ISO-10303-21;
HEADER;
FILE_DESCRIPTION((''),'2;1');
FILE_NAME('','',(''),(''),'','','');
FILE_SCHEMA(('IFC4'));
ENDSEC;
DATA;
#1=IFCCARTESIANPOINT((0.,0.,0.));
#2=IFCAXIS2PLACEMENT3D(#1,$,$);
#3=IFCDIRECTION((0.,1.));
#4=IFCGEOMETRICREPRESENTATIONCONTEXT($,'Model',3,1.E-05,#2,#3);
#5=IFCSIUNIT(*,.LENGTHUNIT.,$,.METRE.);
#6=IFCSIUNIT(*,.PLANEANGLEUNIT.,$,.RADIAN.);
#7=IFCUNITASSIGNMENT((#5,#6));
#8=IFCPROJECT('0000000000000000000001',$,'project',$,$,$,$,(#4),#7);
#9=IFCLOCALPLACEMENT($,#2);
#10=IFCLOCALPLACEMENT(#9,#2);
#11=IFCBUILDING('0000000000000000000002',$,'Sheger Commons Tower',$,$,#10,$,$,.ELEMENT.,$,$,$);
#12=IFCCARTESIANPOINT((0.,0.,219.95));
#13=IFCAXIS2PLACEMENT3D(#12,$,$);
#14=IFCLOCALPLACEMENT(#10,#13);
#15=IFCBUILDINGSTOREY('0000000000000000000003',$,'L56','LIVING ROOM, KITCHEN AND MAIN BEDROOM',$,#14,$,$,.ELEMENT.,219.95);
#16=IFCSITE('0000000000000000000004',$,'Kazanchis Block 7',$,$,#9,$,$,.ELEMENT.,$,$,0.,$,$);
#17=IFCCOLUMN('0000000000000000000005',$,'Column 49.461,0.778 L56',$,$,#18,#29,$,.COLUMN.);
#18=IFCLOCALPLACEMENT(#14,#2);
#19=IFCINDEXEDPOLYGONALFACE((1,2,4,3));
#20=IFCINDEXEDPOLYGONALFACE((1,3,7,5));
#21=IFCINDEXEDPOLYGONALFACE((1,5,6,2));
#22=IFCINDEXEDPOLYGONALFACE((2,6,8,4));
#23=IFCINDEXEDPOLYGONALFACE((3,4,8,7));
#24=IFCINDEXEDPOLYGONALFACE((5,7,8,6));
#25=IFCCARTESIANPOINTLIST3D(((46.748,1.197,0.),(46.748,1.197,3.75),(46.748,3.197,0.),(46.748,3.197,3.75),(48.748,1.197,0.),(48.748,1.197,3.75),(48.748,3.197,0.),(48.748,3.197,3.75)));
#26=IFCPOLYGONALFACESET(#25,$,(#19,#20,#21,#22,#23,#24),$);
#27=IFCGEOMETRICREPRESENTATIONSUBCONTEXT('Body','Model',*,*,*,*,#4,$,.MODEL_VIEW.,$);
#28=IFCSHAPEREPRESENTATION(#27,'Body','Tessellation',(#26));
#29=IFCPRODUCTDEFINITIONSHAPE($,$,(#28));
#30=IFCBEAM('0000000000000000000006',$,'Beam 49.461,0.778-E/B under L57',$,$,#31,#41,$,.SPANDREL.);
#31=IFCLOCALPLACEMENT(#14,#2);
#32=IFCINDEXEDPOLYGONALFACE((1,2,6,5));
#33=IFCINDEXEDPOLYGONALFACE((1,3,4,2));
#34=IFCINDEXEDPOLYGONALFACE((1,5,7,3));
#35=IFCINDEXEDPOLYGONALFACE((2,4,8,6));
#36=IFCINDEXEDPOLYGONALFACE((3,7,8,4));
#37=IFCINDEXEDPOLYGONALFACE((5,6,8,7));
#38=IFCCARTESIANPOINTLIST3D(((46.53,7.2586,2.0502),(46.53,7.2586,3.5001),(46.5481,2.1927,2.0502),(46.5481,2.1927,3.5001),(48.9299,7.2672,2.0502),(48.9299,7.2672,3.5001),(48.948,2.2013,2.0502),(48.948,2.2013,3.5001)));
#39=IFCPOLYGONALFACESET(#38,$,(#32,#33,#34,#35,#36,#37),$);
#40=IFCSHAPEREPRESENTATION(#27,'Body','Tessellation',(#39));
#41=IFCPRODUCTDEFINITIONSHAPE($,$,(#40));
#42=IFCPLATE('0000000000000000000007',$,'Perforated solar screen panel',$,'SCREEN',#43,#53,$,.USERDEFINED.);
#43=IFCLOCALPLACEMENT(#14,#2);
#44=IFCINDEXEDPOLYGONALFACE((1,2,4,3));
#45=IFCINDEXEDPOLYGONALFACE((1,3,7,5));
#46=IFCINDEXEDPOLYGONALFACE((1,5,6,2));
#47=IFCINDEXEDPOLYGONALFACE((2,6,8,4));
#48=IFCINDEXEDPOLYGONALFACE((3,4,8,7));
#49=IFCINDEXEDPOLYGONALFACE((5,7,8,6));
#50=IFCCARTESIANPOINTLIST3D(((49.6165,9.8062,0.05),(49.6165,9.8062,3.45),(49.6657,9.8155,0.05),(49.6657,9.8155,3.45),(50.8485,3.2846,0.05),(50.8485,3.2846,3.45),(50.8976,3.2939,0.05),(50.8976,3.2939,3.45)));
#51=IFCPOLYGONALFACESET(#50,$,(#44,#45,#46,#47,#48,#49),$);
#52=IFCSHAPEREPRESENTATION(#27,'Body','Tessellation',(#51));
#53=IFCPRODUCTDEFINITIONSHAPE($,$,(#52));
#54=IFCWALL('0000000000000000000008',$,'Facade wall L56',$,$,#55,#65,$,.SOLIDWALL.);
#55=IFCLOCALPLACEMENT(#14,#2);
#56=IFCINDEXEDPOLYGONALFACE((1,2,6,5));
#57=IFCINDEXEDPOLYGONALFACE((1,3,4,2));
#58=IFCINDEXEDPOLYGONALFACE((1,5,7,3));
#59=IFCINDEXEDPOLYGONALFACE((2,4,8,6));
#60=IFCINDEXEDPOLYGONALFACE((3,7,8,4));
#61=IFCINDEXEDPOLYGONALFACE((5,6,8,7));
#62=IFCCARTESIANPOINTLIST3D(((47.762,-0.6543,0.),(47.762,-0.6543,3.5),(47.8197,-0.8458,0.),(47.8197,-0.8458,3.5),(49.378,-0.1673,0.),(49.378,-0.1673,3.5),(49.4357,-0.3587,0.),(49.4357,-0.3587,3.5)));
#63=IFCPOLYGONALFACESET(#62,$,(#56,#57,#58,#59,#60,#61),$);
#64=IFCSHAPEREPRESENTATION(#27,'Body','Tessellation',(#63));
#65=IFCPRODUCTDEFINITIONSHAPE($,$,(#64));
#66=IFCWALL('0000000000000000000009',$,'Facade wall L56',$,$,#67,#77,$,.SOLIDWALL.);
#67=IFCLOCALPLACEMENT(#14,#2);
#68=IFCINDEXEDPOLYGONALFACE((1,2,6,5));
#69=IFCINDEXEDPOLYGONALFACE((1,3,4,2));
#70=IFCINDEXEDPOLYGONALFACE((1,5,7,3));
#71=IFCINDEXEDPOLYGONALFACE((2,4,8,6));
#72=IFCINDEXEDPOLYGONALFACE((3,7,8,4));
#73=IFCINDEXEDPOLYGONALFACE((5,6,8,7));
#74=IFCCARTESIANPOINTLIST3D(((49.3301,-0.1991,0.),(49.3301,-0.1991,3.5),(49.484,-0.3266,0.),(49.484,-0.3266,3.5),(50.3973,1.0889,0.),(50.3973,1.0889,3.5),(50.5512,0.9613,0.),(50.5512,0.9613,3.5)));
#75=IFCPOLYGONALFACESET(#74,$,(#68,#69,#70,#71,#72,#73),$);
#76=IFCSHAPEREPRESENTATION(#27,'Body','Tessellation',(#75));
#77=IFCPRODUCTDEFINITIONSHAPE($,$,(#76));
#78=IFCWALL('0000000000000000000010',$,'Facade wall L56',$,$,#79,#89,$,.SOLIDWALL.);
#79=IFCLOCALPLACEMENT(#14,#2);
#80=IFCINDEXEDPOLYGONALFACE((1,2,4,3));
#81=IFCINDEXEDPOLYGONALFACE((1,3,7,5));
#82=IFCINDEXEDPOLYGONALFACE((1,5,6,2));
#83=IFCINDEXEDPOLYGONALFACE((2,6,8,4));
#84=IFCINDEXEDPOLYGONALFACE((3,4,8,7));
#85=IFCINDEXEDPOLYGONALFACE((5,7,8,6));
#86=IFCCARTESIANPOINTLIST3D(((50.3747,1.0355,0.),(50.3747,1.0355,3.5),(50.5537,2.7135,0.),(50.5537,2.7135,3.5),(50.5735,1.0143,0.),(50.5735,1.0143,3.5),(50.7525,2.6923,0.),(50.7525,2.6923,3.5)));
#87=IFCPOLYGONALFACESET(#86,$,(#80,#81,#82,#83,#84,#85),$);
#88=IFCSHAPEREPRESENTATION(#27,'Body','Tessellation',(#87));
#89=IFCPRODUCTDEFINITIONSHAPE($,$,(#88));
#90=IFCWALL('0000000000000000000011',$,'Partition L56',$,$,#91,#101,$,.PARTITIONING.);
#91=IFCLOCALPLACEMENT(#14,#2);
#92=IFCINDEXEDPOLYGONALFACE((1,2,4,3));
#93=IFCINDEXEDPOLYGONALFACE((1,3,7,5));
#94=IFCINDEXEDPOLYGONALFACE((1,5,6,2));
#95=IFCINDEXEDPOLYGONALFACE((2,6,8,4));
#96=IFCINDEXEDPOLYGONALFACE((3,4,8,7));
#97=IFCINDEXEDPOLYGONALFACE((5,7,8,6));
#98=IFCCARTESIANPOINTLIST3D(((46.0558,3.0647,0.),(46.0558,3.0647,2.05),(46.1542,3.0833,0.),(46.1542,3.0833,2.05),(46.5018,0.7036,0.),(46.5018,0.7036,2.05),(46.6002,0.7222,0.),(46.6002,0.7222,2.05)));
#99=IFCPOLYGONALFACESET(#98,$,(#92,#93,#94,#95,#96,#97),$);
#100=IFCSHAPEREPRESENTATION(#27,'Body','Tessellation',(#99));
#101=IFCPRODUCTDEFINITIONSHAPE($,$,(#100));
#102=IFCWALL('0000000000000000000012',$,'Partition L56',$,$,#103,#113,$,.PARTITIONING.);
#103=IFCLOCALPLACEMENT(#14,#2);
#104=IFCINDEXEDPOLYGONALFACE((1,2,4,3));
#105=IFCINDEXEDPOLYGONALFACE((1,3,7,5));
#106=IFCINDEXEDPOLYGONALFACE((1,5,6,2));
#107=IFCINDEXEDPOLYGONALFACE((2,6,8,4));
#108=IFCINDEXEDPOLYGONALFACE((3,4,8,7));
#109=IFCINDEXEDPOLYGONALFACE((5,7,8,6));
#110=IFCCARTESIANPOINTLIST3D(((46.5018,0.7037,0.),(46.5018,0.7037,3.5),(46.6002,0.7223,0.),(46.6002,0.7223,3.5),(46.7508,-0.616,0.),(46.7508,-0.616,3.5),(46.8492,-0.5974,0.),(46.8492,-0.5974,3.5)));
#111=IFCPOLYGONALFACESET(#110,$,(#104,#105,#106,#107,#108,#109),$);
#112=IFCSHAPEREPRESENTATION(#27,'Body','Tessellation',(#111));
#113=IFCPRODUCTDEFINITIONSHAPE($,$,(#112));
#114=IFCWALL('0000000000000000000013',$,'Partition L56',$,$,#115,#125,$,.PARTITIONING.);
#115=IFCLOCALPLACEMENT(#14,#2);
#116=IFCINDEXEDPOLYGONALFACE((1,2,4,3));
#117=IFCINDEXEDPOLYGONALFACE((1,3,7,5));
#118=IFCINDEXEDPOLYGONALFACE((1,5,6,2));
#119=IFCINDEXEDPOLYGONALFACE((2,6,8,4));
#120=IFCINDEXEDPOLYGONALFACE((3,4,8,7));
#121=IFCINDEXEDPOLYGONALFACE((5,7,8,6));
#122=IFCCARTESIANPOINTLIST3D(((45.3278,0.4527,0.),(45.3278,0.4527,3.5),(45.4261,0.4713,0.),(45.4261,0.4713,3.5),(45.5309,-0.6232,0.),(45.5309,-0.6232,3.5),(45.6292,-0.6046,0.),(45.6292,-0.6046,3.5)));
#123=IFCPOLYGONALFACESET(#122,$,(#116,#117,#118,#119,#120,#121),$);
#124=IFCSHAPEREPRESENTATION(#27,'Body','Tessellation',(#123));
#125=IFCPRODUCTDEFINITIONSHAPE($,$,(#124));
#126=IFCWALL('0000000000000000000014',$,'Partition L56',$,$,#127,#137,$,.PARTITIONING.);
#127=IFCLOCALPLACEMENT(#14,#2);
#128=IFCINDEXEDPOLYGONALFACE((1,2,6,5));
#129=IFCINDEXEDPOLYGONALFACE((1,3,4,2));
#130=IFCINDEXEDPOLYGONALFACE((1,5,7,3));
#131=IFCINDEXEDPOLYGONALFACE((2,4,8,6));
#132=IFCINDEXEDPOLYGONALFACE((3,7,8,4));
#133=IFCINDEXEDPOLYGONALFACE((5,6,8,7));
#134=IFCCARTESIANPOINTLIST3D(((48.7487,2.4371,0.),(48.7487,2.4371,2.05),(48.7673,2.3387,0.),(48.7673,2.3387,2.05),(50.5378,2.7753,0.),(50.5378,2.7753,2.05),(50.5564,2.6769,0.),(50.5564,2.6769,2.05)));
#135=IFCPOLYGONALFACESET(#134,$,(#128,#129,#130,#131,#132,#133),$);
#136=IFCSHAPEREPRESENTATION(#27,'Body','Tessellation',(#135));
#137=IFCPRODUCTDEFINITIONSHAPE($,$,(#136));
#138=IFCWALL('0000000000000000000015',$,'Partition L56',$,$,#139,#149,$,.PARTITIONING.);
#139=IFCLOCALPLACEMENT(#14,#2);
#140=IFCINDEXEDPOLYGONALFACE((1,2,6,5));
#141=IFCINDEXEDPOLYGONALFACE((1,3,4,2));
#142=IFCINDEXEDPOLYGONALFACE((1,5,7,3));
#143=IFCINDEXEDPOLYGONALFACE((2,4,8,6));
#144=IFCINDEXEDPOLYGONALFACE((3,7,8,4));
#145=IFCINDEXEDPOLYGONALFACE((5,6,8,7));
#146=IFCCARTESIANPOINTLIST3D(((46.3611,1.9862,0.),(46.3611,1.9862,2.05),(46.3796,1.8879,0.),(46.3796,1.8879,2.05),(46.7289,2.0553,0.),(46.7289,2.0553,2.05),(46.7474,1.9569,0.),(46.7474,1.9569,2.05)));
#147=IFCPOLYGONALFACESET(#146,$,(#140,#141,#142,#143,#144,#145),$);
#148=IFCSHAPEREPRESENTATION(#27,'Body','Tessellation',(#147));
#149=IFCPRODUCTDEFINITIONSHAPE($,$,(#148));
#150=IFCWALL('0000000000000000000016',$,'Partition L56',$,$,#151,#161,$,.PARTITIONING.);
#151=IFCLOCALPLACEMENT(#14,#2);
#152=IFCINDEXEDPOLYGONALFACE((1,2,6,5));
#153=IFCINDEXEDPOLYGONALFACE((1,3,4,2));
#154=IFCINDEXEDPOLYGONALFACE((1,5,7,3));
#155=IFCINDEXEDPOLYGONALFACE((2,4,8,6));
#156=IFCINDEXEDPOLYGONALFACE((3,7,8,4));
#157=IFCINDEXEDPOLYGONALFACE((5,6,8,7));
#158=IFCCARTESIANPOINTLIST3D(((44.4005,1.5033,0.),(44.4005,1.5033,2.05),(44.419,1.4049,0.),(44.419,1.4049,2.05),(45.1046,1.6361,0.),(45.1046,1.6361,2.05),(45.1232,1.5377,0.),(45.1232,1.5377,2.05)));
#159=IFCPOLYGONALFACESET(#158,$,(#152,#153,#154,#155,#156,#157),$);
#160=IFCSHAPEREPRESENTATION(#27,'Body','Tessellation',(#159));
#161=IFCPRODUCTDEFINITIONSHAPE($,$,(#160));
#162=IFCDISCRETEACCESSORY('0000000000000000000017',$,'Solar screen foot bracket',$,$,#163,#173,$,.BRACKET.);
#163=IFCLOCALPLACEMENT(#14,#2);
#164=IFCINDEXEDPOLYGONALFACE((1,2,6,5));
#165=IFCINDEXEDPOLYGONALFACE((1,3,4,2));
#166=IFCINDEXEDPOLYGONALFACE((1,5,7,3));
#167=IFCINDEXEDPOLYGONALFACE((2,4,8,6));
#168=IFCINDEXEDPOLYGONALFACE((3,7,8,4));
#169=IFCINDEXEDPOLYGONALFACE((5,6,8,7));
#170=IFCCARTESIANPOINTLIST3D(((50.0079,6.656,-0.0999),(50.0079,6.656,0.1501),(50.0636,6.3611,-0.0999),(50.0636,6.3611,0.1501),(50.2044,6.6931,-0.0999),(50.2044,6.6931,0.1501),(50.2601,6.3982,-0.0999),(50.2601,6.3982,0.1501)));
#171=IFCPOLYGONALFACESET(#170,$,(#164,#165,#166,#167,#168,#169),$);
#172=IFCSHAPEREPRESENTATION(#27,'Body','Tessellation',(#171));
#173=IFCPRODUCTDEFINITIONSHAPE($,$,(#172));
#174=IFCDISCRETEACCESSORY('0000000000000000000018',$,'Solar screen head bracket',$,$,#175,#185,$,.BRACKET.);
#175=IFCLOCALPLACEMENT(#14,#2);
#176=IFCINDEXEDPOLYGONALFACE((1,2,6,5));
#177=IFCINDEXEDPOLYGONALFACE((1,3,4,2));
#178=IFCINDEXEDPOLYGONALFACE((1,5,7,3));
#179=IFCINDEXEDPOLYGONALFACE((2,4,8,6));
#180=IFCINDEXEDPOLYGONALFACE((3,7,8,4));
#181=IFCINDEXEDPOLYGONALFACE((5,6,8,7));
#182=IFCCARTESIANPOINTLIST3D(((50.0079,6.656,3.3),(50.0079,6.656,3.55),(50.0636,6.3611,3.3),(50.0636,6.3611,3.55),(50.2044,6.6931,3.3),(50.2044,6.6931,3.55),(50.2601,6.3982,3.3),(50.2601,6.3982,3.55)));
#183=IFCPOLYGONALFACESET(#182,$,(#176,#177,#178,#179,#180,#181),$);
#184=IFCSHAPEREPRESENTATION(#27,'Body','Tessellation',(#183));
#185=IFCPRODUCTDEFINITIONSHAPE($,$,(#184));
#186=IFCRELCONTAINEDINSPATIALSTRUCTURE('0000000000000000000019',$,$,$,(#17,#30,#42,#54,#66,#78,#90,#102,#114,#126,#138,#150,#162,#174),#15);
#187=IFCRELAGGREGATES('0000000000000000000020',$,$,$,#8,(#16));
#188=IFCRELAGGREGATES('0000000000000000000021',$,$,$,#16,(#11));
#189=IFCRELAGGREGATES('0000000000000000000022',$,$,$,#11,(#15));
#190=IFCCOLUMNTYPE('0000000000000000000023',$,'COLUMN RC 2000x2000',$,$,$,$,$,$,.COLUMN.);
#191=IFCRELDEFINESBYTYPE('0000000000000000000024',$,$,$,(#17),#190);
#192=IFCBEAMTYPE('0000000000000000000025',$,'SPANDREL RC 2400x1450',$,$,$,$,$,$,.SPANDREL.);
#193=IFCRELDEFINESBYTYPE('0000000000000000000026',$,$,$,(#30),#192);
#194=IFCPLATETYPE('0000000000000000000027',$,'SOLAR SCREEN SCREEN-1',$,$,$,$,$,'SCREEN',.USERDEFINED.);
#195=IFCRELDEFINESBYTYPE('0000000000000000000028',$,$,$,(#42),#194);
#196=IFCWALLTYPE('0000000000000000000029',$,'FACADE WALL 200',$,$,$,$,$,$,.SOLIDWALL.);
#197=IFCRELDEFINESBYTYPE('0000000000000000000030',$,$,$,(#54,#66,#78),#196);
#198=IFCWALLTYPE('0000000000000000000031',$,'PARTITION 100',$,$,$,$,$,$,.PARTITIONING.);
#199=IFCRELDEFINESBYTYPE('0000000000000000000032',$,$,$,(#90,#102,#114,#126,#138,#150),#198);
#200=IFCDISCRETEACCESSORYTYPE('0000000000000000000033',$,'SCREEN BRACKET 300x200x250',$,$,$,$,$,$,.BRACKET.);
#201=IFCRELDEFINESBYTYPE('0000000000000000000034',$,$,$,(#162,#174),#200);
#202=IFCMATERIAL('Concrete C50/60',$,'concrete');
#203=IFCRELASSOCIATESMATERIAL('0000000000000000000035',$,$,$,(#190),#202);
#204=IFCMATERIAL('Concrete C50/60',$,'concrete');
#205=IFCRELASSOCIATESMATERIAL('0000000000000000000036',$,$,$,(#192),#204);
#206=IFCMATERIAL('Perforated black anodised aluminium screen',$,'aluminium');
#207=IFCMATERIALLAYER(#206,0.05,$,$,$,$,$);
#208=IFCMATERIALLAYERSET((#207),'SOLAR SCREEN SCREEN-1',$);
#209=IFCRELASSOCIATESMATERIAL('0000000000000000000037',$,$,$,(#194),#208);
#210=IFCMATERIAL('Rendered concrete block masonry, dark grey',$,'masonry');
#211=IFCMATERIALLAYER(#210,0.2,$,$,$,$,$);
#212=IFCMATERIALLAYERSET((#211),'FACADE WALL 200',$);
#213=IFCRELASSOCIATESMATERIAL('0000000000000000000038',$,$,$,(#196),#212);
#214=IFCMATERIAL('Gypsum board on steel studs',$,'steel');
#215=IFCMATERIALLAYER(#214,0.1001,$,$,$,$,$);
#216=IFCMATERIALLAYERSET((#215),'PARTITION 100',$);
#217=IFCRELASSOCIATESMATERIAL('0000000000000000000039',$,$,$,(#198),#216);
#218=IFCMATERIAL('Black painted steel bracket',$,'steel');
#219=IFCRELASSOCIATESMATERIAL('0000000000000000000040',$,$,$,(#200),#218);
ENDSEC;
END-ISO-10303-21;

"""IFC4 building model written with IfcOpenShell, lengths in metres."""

from ifc_helpers import new_model, si_unit, direction, frame, frame_2d, origin, origin_2d, place, context, subcontext, project, spatial, rectangle, extrude, material, layer, layer_set, material_profile, profile_set, type_object, element, save


model = new_model("IFC4")

# Units and contexts
model_context = context("Model", 3, precision=1e-05, world=origin(), true_north=direction((0.0, 1.0)))
body_context = subcontext(model_context, "Body", "Model", "MODEL_VIEW")
ifc_project = project(units=[si_unit("LENGTHUNIT", "METRE"), si_unit("PLANEANGLEUNIT", "RADIAN")], contexts=[model_context])

# Site, building, storey
site_placement = place(None, origin())
site = spatial("IfcSite", under=ifc_project, at=site_placement, Name="Kazanchis Block 7", CompositionType="ELEMENT", RefElevation=0.0)
building_placement = place(site_placement, origin())
building = spatial("IfcBuilding", under=site, at=building_placement, Name="Sheger Commons Tower", CompositionType="ELEMENT")
storey_placement = place(building_placement, frame((0.0, 0.0, 219.95)))
storey = spatial("IfcBuildingStorey", under=building, at=storey_placement, Name="L56", Description="LIVING ROOM, KITCHEN AND MAIN BEDROOM", CompositionType="ELEMENT", Elevation=219.95)

# Column
ifc_material_1 = material(Name="Concrete C50/60", Category="concrete")
ifc_material_profile_1 = material_profile(ifc_material_1, rectangle(XDim=2.0, YDim=2.0, at=origin_2d()), Name="RC 2000x2000")
ifc_profile_set_1 = profile_set([ifc_material_profile_1], Name="Concrete C50/60")
column_type = type_object("IfcColumnType", Name="COLUMN RC 2000x2000", PredefinedType="COLUMN", material=ifc_profile_set_1)
column_placement = place(storey_placement, frame((47.748, 2.197, 0.0), z_axis=(0.0, 0.0, 1.0), x_axis=(1.0, 0.0, 0.0)))
element("IfcColumn", 1, at=column_placement, inside=storey, type_object=column_type, Name="Column 49.461,0.778 L56", PredefinedType="COLUMN", context=body_context, shape_type="SweptSolid", body=[
    extrude(rectangle(XDim=2.0, YDim=2.0, at=origin_2d()), origin(), (0.0, 0.0, 1.0), 3.75),
])

# Beam
ifc_material_2 = material(Name="Concrete C50/60", Category="concrete")
ifc_material_profile_2 = material_profile(ifc_material_2, rectangle(XDim=2.3999, YDim=1.45, at=origin_2d()), Name="RC 2400x1450")
ifc_profile_set_2 = profile_set([ifc_material_profile_2], Name="Concrete C50/60")
beam_type = type_object("IfcBeamType", Name="SPANDREL RC 2400x1450", PredefinedType="SPANDREL", material=ifc_profile_set_2)
beam_placement = place(storey_placement, frame((47.748, 2.197, 2.7751), z_axis=(-0.003566, 0.999994, 0.0), x_axis=(-0.999994, -0.003566, 0.0)))
element("IfcBeam", 2, at=beam_placement, inside=storey, type_object=beam_type, Name="Beam 49.461,0.778-E/B under L57", PredefinedType="SPANDREL", context=body_context, shape_type="SweptSolid", body=[
    extrude(rectangle(XDim=2.3999, YDim=1.45, at=origin_2d()), origin(), (0.0, 0.0, 1.0), 5.0659),
])

# Plate
ifc_material_3 = material(Name="Perforated black anodised aluminium screen", Category="aluminium")
ifc_layer_1 = layer(ifc_material_3, 0.05)
ifc_layer_set_1 = layer_set([ifc_layer_1], Name="SOLAR SCREEN SCREEN-1")
plate_type = type_object("IfcPlateType", Name="SOLAR SCREEN SCREEN-1", ElementType="SCREEN", PredefinedType="USERDEFINED", material=ifc_layer_set_1)
plate_placement = place(storey_placement, frame((50.2571, 6.55, 0.05), z_axis=(0.0, 0.0, 1.0), x_axis=(-0.185615, 0.982623, 0.0)))
element("IfcPlate", 3, at=plate_placement, inside=storey, type_object=plate_type, Name="Perforated solar screen panel", ObjectType="SCREEN", PredefinedType="USERDEFINED", context=body_context, shape_type="SweptSolid", body=[
    extrude(rectangle(XDim=6.637, YDim=0.05, at=origin_2d()), origin(), (0.0, 0.0, 1.0), 3.3999),
])

# Walls
ifc_material_4 = material(Name="Rendered concrete block masonry, dark grey", Category="masonry")
ifc_layer_2 = layer(ifc_material_4, 0.2)
ifc_layer_set_2 = layer_set([ifc_layer_2], Name="FACADE WALL 200")
wall_type_1 = type_object("IfcWallType", Name="FACADE WALL 200", PredefinedType="SOLIDWALL", material=ifc_layer_set_2)
wall_1_placement = place(storey_placement, frame((47.791, -0.75, 0.0), z_axis=(0.0, 0.0, 1.0), x_axis=(0.957455, 0.288582, 0.0)))
element("IfcWall", 4, at=wall_1_placement, inside=storey, type_object=wall_type_1, Name="Facade wall L56", PredefinedType="SOLIDWALL", context=body_context, shape_type="SweptSolid", body=[
    extrude(rectangle(XDim=1.6877, YDim=0.2, at=frame_2d((0.8438, 0.0))), origin(), (0.0, 0.0, 1.0), 3.5),
])
wall_2_placement = place(storey_placement, frame((49.407, -0.2629, 0.0), z_axis=(0.0, 0.0, 1.0), x_axis=(0.638043, 0.770001, 0.0)))
element("IfcWall", 5, at=wall_2_placement, inside=storey, type_object=wall_type_1, Name="Facade wall L56", PredefinedType="SOLIDWALL", context=body_context, shape_type="SweptSolid", body=[
    extrude(rectangle(XDim=1.6726, YDim=0.2, at=frame_2d((0.8364, 0.0))), origin(), (0.0, 0.0, 1.0), 3.5),
])
wall_3_placement = place(storey_placement, frame((50.4741, 1.0249, 0.0), z_axis=(0.0, 0.0, 1.0), x_axis=(0.106048, 0.994361, 0.0)))
element("IfcWall", 6, at=wall_3_placement, inside=storey, type_object=wall_type_1, Name="Facade wall L56", PredefinedType="SOLIDWALL", context=body_context, shape_type="SweptSolid", body=[
    extrude(rectangle(XDim=1.6875, YDim=0.2, at=frame_2d((0.8438, 0.0))), origin(), (0.0, 0.0, 1.0), 3.5),
])

# Walls
ifc_material_5 = material(Name="Gypsum board on steel studs", Category="steel")
ifc_layer_3 = layer(ifc_material_5, 0.1001)
ifc_layer_set_3 = layer_set([ifc_layer_3], Name="PARTITION 100")
wall_type_2 = type_object("IfcWallType", Name="PARTITION 100", PredefinedType="PARTITIONING", material=ifc_layer_set_3)
wall_4_placement = place(storey_placement, frame((46.105, 3.074, 0.0), z_axis=(0.0, 0.0, 1.0), x_axis=(0.185632, -0.982619, 0.0)))
element("IfcWall", 7, at=wall_4_placement, inside=storey, type_object=wall_type_2, Name="Partition L56", PredefinedType="PARTITIONING", context=body_context, shape_type="SweptSolid", body=[
    extrude(rectangle(XDim=2.4028, YDim=0.1001, at=frame_2d((1.2014, 0.0))), origin(), (0.0, 0.0, 1.0), 2.05),
])
wall_5_placement = place(storey_placement, frame((46.551, 0.7129, 0.0), z_axis=(0.0, 0.0, 1.0), x_axis=(0.185408, -0.982662, 0.0)))
element("IfcWall", 8, at=wall_5_placement, inside=storey, type_object=wall_type_2, Name="Partition L56", PredefinedType="PARTITIONING", context=body_context, shape_type="SweptSolid", body=[
    extrude(rectangle(XDim=1.343, YDim=0.1001, at=frame_2d((0.6714, 0.0))), origin(), (0.0, 0.0, 1.0), 3.5),
])
wall_6_placement = place(storey_placement, frame((45.377, 0.4619, 0.0), z_axis=(0.0, 0.0, 1.0), x_axis=(0.185513, -0.982642, 0.0)))
element("IfcWall", 9, at=wall_6_placement, inside=storey, type_object=wall_type_2, Name="Partition L56", PredefinedType="PARTITIONING", context=body_context, shape_type="SweptSolid", body=[
    extrude(rectangle(XDim=1.095, YDim=0.1001, at=frame_2d((0.5474, 0.0))), origin(), (0.0, 0.0, 1.0), 3.5),
])
wall_7_placement = place(storey_placement, frame((50.5471, 2.7261, 0.0), z_axis=(0.0, 0.0, 1.0), x_axis=(-0.982604, -0.185713, 0.0)))
element("IfcWall", 10, at=wall_7_placement, inside=storey, type_object=wall_type_2, Name="Partition L56", PredefinedType="PARTITIONING", context=body_context, shape_type="SweptSolid", body=[
    extrude(rectangle(XDim=1.8208, YDim=0.1001, at=frame_2d((0.9104, 0.0))), origin(), (0.0, 0.0, 1.0), 2.05),
])
wall_8_placement = place(storey_placement, frame((46.738, 2.0061, 0.0), z_axis=(0.0, 0.0, 1.0), x_axis=(-0.98282, -0.184564, 0.0)))
element("IfcWall", 11, at=wall_8_placement, inside=storey, type_object=wall_type_2, Name="Partition L56", PredefinedType="PARTITIONING", context=body_context, shape_type="SweptSolid", body=[
    extrude(rectangle(XDim=0.3743, YDim=0.1001, at=frame_2d((0.187, 0.0))), origin(), (0.0, 0.0, 1.0), 2.05),
])
wall_9_placement = place(storey_placement, frame((45.114, 1.5869, 0.0), z_axis=(0.0, 0.0, 1.0), x_axis=(-0.982671, -0.185358, 0.0)))
element("IfcWall", 12, at=wall_9_placement, inside=storey, type_object=wall_type_2, Name="Partition L56", PredefinedType="PARTITIONING", context=body_context, shape_type="SweptSolid", body=[
    extrude(rectangle(XDim=0.7166, YDim=0.1001, at=frame_2d((0.3584, 0.0))), origin(), (0.0, 0.0, 1.0), 2.05),
])

# Discrete accessories
ifc_material_6 = material(Name="Black painted steel bracket", Category="steel")
discrete_accessory_type = type_object("IfcDiscreteAccessoryType", Name="SCREEN BRACKET 300x200x250", PredefinedType="BRACKET", material=ifc_material_6)
for number, where, z_axis, x_axis, name in (
    (13, (50.134, 6.5271, -0.0999), (0.0, 0.0, 1.0), (-0.185615, 0.982623, 0.0), "Solar screen foot bracket"),
    (14, (50.134, 6.5271, 3.3), (0.0, 0.0, 1.0), (-0.185615, 0.982623, 0.0), "Solar screen head bracket"),
):
    element("IfcDiscreteAccessory", number, at=place(storey_placement, frame(where, z_axis=z_axis, x_axis=x_axis)), inside=storey, type_object=discrete_accessory_type, Name=name, PredefinedType="BRACKET", context=body_context, shape_type="SweptSolid", body=[
        extrude(rectangle(XDim=0.3, YDim=0.2, at=origin_2d()), origin(), (0.0, 0.0, 1.0), 0.25),
    ])

save(model, "model.ifc")
